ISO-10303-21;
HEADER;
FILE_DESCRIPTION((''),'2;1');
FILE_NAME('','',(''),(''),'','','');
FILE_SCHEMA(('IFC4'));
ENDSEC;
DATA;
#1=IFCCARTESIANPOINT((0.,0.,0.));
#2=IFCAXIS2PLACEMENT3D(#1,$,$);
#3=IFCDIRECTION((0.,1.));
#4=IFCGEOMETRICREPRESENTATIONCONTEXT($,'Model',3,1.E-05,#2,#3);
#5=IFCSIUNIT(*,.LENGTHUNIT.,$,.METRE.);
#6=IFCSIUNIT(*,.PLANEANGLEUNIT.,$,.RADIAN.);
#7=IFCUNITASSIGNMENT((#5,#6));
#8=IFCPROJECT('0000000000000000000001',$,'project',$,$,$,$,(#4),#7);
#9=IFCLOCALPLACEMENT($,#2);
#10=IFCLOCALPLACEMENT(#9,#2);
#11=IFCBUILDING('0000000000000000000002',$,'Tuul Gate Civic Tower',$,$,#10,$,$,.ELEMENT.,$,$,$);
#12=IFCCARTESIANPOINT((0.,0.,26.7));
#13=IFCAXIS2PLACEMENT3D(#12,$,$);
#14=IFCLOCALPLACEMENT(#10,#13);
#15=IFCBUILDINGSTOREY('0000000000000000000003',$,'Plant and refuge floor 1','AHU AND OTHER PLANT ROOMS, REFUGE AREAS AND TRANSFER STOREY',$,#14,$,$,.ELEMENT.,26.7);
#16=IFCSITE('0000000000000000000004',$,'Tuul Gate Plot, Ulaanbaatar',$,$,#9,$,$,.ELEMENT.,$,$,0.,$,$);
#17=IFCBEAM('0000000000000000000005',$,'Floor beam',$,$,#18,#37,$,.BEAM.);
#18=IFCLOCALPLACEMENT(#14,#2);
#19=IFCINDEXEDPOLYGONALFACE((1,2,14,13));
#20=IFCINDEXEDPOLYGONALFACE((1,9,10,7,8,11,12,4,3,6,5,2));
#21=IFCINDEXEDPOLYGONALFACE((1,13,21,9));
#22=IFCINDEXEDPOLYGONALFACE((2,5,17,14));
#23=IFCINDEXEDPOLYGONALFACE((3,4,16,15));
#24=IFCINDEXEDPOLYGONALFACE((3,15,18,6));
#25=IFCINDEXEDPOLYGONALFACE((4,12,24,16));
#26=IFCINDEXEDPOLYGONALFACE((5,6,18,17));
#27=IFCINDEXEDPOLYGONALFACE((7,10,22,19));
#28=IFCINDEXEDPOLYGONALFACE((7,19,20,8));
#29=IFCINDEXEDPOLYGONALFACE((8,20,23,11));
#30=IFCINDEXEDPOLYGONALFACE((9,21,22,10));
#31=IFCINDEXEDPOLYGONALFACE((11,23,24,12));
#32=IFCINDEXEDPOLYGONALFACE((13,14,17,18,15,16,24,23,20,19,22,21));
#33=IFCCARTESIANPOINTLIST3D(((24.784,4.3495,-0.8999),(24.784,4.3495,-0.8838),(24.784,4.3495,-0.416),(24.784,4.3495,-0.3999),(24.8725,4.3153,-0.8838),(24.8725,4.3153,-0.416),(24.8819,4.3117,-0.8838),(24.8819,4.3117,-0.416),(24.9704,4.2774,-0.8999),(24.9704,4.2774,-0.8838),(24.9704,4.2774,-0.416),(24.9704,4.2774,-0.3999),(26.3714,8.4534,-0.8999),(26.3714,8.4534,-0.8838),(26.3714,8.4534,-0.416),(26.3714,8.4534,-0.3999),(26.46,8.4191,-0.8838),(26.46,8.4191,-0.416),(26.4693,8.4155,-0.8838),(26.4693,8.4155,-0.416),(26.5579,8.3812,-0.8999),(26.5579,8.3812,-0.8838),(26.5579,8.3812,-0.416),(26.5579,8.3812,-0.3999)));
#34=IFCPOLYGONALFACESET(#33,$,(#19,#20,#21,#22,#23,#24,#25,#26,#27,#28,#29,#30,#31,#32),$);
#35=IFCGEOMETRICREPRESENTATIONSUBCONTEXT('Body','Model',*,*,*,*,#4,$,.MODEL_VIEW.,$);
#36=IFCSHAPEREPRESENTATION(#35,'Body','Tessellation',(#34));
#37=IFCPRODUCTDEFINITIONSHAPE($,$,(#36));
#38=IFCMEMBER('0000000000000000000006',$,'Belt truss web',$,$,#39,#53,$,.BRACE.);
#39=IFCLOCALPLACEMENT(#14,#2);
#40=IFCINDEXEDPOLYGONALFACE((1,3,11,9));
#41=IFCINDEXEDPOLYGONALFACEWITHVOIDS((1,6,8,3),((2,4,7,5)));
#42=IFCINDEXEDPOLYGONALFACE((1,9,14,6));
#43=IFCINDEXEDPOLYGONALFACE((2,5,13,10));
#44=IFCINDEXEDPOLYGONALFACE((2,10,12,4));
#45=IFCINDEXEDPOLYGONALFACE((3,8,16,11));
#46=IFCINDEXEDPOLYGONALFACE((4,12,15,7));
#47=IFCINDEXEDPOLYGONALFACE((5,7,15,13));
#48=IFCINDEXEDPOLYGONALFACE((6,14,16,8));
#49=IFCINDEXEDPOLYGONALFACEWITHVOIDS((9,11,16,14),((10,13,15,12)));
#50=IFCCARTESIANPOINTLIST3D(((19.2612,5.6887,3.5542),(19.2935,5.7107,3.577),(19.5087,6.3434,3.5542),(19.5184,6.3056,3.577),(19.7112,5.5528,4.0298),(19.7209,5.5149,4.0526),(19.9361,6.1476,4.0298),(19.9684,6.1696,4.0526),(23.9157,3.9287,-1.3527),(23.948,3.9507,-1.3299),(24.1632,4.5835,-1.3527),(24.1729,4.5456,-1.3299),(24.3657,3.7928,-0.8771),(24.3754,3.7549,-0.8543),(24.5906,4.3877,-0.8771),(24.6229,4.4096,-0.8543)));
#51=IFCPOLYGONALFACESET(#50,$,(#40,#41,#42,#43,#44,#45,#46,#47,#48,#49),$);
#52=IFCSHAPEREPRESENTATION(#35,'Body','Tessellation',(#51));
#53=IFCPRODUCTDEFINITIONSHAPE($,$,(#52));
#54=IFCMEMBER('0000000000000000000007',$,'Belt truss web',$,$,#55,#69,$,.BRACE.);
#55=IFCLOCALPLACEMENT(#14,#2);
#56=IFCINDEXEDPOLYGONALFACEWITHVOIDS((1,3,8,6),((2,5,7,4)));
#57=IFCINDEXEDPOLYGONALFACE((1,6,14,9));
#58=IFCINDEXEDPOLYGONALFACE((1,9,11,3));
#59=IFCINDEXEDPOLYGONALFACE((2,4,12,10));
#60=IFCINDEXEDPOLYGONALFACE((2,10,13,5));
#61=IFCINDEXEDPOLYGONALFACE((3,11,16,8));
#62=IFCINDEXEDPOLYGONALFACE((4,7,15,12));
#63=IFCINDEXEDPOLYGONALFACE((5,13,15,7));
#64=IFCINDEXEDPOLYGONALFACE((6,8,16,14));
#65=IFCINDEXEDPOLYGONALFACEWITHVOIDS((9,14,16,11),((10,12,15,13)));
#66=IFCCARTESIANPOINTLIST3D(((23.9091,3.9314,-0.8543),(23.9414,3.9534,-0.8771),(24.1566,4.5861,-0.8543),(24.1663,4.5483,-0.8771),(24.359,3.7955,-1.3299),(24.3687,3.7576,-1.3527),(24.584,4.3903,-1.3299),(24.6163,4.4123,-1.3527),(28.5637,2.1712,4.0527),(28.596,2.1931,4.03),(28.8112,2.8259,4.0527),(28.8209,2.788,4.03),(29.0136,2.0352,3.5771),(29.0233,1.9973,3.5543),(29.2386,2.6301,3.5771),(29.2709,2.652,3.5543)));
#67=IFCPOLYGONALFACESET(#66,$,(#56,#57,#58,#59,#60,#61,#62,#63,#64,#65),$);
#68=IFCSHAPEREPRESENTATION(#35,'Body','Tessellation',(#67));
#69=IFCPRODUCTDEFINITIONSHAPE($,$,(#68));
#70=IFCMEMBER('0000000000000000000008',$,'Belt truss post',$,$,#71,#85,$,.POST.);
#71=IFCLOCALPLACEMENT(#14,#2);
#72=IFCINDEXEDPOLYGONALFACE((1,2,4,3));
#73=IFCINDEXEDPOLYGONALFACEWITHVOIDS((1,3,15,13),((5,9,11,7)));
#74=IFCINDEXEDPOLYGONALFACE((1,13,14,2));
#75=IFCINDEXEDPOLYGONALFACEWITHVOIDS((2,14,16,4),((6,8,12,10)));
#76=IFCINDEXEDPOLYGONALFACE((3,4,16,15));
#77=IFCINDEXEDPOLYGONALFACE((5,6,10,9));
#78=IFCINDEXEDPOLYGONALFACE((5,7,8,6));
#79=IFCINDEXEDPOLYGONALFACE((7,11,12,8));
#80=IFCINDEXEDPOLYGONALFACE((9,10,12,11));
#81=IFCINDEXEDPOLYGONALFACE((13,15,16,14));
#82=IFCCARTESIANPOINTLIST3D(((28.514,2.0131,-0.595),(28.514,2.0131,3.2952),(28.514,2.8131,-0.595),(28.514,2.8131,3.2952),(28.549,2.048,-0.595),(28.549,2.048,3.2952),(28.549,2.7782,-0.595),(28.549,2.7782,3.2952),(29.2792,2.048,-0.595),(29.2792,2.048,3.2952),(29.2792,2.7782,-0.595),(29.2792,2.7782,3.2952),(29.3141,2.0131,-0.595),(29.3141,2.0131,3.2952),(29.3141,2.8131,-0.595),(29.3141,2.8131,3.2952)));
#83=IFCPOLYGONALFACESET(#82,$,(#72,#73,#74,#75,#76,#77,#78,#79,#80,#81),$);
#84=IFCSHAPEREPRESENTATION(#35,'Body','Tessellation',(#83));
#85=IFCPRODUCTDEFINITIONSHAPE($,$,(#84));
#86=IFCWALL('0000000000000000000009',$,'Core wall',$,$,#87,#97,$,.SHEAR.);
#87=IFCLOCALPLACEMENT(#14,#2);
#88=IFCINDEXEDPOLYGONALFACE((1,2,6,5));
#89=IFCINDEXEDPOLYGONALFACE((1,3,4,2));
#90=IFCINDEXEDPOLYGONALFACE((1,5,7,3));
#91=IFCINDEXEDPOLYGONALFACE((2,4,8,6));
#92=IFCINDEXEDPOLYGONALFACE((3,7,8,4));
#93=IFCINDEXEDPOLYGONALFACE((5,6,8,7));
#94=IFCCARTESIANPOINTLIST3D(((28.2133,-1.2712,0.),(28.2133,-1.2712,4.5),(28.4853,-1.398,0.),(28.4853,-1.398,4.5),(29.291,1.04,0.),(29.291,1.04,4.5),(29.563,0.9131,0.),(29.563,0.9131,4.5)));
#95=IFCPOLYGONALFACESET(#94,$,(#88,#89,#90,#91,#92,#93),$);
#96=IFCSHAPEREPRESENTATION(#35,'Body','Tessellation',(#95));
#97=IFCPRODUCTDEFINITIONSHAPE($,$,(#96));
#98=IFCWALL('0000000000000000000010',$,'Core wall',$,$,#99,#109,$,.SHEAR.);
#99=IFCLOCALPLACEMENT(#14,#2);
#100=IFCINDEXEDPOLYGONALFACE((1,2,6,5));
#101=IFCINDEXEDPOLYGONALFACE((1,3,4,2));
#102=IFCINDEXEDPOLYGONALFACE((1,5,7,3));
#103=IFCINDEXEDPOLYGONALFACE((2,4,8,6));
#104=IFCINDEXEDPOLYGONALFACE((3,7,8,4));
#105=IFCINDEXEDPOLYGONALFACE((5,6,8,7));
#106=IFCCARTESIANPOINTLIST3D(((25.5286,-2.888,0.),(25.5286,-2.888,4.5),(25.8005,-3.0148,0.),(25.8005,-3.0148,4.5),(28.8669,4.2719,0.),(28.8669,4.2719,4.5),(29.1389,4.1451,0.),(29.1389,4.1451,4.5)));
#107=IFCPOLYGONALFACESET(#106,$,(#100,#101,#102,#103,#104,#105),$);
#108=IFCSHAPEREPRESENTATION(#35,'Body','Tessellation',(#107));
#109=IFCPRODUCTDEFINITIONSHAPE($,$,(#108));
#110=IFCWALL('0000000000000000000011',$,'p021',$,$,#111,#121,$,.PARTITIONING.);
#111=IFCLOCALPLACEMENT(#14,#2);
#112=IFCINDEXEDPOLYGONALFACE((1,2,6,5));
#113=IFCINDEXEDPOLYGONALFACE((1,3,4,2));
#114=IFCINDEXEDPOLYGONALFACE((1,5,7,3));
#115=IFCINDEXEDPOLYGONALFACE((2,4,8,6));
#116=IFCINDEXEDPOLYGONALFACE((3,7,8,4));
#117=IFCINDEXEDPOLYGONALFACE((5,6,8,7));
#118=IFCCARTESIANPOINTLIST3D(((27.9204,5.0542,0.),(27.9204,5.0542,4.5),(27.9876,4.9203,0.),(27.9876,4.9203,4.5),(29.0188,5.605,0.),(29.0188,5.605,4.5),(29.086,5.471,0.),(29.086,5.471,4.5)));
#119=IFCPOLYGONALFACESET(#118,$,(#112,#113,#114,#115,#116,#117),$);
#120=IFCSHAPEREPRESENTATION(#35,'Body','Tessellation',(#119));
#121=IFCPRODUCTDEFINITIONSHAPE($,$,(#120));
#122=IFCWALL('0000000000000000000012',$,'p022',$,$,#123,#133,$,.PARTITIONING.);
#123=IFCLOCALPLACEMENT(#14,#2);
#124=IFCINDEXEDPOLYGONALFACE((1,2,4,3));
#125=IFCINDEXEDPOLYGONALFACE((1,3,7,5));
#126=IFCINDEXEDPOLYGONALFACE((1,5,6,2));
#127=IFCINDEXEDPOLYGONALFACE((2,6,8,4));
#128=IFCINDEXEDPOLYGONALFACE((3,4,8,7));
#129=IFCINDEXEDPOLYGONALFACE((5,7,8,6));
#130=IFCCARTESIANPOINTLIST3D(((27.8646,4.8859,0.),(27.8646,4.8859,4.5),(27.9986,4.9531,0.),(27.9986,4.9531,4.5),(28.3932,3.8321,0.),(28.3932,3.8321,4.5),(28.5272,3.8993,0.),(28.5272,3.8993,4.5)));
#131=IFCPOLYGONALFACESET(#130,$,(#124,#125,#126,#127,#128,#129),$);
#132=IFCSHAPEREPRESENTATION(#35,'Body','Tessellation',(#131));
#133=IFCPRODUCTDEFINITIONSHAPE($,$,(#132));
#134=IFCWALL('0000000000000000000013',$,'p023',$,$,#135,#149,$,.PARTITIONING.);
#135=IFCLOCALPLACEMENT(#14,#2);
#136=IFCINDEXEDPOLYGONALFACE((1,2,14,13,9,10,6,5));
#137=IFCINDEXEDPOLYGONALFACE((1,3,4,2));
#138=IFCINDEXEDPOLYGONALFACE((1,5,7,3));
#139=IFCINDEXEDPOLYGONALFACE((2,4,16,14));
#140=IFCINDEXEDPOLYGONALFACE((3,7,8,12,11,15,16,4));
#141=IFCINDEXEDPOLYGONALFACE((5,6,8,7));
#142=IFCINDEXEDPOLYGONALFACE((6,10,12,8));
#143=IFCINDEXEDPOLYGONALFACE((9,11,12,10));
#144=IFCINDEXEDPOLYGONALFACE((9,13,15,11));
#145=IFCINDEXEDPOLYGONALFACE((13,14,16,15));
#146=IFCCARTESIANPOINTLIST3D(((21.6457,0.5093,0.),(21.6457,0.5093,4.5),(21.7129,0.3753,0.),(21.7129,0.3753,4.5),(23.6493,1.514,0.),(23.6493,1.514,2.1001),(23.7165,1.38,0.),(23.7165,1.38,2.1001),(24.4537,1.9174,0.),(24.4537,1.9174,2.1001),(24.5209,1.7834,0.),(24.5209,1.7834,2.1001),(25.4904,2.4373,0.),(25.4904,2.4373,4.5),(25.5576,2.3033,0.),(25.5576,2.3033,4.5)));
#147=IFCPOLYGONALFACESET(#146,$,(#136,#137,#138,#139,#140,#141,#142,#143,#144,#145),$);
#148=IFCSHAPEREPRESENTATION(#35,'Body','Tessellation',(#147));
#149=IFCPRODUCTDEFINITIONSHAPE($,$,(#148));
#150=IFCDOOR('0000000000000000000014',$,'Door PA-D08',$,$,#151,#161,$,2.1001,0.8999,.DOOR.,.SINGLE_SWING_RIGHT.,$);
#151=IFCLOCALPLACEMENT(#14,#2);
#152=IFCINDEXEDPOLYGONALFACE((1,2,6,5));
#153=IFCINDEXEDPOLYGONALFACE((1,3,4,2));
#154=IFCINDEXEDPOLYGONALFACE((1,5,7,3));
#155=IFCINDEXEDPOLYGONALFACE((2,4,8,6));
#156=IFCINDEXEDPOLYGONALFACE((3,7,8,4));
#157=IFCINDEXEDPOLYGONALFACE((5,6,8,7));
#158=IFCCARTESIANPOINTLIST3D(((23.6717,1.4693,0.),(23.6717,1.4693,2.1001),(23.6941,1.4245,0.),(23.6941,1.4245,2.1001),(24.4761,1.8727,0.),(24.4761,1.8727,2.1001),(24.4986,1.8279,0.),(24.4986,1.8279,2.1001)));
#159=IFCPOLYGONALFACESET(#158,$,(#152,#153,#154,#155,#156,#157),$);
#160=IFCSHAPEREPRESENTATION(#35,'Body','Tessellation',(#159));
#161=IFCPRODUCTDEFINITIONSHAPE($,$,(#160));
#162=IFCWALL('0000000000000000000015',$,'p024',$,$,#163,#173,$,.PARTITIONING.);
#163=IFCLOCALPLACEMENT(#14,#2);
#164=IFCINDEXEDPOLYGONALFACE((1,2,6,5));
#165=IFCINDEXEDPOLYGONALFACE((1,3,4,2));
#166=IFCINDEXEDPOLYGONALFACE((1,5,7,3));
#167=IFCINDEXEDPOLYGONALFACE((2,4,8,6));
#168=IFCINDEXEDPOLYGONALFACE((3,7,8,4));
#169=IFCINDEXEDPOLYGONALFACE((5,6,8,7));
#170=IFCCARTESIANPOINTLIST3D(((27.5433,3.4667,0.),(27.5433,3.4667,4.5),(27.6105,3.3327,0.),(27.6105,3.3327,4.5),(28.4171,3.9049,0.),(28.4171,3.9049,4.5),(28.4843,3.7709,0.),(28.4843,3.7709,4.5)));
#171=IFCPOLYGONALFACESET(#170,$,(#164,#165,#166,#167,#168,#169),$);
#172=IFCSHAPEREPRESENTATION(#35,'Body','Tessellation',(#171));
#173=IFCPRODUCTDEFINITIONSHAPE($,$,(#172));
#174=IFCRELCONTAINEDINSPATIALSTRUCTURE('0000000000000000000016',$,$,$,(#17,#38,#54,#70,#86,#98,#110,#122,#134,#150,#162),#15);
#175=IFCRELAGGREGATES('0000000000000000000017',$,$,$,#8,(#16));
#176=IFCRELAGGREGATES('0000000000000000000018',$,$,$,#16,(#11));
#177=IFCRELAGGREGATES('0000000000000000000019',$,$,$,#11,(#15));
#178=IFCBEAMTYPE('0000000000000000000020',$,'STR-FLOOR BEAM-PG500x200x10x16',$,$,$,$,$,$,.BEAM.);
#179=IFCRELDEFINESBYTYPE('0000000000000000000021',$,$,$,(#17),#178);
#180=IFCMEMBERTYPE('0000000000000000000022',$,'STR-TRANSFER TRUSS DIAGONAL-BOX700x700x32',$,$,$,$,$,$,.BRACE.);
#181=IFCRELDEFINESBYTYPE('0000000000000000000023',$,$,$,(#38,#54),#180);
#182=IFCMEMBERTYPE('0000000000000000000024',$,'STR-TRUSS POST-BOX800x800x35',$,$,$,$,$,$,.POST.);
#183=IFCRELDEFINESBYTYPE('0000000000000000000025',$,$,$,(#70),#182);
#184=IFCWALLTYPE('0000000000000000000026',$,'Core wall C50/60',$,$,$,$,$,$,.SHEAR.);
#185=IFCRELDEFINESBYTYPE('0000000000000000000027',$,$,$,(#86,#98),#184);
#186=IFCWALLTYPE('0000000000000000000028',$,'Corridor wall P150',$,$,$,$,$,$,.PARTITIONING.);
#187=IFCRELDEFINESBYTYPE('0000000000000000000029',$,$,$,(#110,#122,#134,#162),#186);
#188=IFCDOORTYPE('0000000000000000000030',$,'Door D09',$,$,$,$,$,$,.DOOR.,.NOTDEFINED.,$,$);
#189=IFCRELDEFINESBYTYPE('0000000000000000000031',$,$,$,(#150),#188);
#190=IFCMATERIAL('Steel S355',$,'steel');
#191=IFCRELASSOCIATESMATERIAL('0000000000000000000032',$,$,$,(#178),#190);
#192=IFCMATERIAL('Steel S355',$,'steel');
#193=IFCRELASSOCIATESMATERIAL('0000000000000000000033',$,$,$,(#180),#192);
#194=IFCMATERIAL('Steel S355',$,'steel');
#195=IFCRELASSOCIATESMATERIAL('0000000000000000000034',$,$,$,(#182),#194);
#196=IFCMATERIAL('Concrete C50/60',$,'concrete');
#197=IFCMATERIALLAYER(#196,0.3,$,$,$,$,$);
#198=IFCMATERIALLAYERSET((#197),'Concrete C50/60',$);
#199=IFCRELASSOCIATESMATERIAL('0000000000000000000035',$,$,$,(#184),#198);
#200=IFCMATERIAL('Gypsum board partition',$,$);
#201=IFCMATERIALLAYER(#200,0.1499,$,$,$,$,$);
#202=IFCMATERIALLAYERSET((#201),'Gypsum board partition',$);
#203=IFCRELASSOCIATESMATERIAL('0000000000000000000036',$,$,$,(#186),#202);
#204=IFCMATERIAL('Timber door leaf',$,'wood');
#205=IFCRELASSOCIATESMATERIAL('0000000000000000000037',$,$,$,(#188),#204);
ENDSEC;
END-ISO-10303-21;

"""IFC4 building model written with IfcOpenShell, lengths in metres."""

from ifc_helpers import new_model, si_unit, direction, frame, frame_2d, origin, origin_2d, place, context, subcontext, project, spatial, rectangle, hollow_rectangle, i_section, extrude, material, layer, layer_set, material_profile, profile_set, type_object, element, fill, save


model = new_model("IFC4")

# Units and contexts
model_context = context("Model", 3, precision=1e-05, world=origin(), true_north=direction((0.0, 1.0)))
body_context = subcontext(model_context, "Body", "Model", "MODEL_VIEW")
ifc_project = project(units=[si_unit("LENGTHUNIT", "METRE"), si_unit("PLANEANGLEUNIT", "RADIAN")], contexts=[model_context])

# Site, building, storey
site_placement = place(None, origin())
site = spatial("IfcSite", under=ifc_project, at=site_placement, Name="Tuul Gate Plot, Ulaanbaatar", CompositionType="ELEMENT", RefElevation=0.0)
building_placement = place(site_placement, origin())
building = spatial("IfcBuilding", under=site, at=building_placement, Name="Tuul Gate Civic Tower", CompositionType="ELEMENT")
storey_placement = place(building_placement, frame((0.0, 0.0, 26.7)))
storey = spatial("IfcBuildingStorey", under=building, at=storey_placement, Name="Plant and refuge floor 1", Description="AHU AND OTHER PLANT ROOMS, REFUGE AREAS AND TRANSFER STOREY", CompositionType="ELEMENT", Elevation=26.7)

# Beam
ifc_material_1 = material(Name="Steel S355", Category="steel")
ifc_material_profile_1 = material_profile(ifc_material_1, i_section(OverallWidth=0.2, OverallDepth=0.5, WebThickness=0.01, FlangeThickness=0.0161, at=origin_2d()), Name="PG500x200x10x16")
ifc_profile_set_1 = profile_set([ifc_material_profile_1], Name="Steel S355")
beam_type = type_object("IfcBeamType", Name="STR-FLOOR BEAM-PG500x200x10x16", PredefinedType="BEAM", material=ifc_profile_set_1)
beam_placement = place(storey_placement, frame((24.8772, 4.3135, -0.6499), z_axis=(0.360767, 0.932656, 0.0), x_axis=(-0.932656, 0.360767, 0.0)))
element("IfcBeam", 1, at=beam_placement, inside=storey, type_object=beam_type, Name="Floor beam", PredefinedType="BEAM", context=body_context, shape_type="SweptSolid", body=[
    extrude(i_section(OverallWidth=0.2, OverallDepth=0.5, WebThickness=0.01, FlangeThickness=0.0161, at=origin_2d()), origin(), (0.0, 0.0, 1.0), 4.4001),
])

# Members
ifc_material_2 = material(Name="Steel S355", Category="steel")
ifc_material_profile_2 = material_profile(ifc_material_2, hollow_rectangle(XDim=0.7, YDim=0.7, WallThickness=0.032, at=origin_2d()), Name="BOX700x700x32")
ifc_profile_set_2 = profile_set([ifc_material_profile_2], Name="Steel S355")
member_type_1 = type_object("IfcMemberType", Name="STR-TRANSFER TRUSS DIAGONAL-BOX700x700x32", PredefinedType="BRACE", material=ifc_profile_set_2)
member_1_placement = place(storey_placement, frame((24.2693, 4.1692, -1.1035), z_axis=(-0.666017, 0.251839, 0.702139), x_axis=(-0.353687, -0.935364, 0.0)))
element("IfcMember", 2, at=member_1_placement, inside=storey, type_object=member_type_1, Name="Belt truss web", PredefinedType="BRACE", context=body_context, shape_type="SweptSolid", body=[
    extrude(hollow_rectangle(XDim=0.7, YDim=0.7, WallThickness=0.032, at=origin_2d()), origin(), (0.0, 0.0, 1.0), 6.9885),
])
member_2_placement = place(storey_placement, frame((24.2627, 4.1719, -1.1035), z_axis=(0.666011, -0.251872, 0.702132), x_axis=(0.35373, 0.935348, 0.0)))
element("IfcMember", 3, at=member_2_placement, inside=storey, type_object=member_type_1, Name="Belt truss web", PredefinedType="BRACE", context=body_context, shape_type="SweptSolid", body=[
    extrude(hollow_rectangle(XDim=0.7, YDim=0.7, WallThickness=0.032, at=origin_2d()), origin(), (0.0, 0.0, 1.0), 6.9888),
])
ifc_material_3 = material(Name="Steel S355", Category="steel")
ifc_material_profile_3 = material_profile(ifc_material_3, hollow_rectangle(XDim=0.8, YDim=0.8, WallThickness=0.0349, at=origin_2d()), Name="BOX800x800x35")
ifc_profile_set_3 = profile_set([ifc_material_profile_3], Name="Steel S355")
member_type_2 = type_object("IfcMemberType", Name="STR-TRUSS POST-BOX800x800x35", PredefinedType="POST", material=ifc_profile_set_3)
member_3_placement = place(storey_placement, frame((28.9141, 2.4131, -0.595), z_axis=(0.0, 0.0, 1.0), x_axis=(1.0, 0.0, 0.0)))
element("IfcMember", 4, at=member_3_placement, inside=storey, type_object=member_type_2, Name="Belt truss post", PredefinedType="POST", context=body_context, shape_type="SweptSolid", body=[
    extrude(hollow_rectangle(XDim=0.8, YDim=0.8, WallThickness=0.0349, at=origin_2d()), origin(), (0.0, 0.0, 1.0), 3.8901),
])

# Walls
ifc_material_4 = material(Name="Concrete C50/60", Category="concrete")
ifc_layer_1 = layer(ifc_material_4, 0.3)
ifc_layer_set_1 = layer_set([ifc_layer_1], Name="Concrete C50/60")
wall_type_1 = type_object("IfcWallType", Name="Core wall C50/60", PredefinedType="SHEAR", material=ifc_layer_set_1)
wall_1_placement = place(storey_placement, frame((28.3494, -1.3345, 0.0), z_axis=(0.0, 0.0, 1.0), x_axis=(0.422613, 0.90631, 0.0)))
element("IfcWall", 5, at=wall_1_placement, inside=storey, type_object=wall_type_1, Name="Core wall", PredefinedType="SHEAR", context=body_context, shape_type="SweptSolid", body=[
    extrude(rectangle(XDim=2.55, YDim=0.3, at=frame_2d((1.2749, 0.0))), origin(), (0.0, 0.0, 1.0), 4.5),
])
wall_2_placement = place(storey_placement, frame((25.6646, -2.9514, 0.0), z_axis=(0.0, 0.0, 1.0), x_axis=(0.422583, 0.906324, 0.0)))
element("IfcWall", 6, at=wall_2_placement, inside=storey, type_object=wall_type_1, Name="Core wall", PredefinedType="SHEAR", context=body_context, shape_type="SweptSolid", body=[
    extrude(rectangle(XDim=7.8999, YDim=0.3, at=frame_2d((3.95, 0.0))), origin(), (0.0, 0.0, 1.0), 4.5),
])
ifc_material_5 = material(Name="Gypsum board partition")
ifc_layer_2 = layer(ifc_material_5, 0.1499)
ifc_layer_set_2 = layer_set([ifc_layer_2], Name="Gypsum board partition")
wall_type_2 = type_object("IfcWallType", Name="Corridor wall P150", PredefinedType="PARTITIONING", material=ifc_layer_set_2)
wall_3_placement = place(storey_placement, frame((27.9541, 4.9873, 0.0), z_axis=(0.0, 0.0, 1.0), x_axis=(0.89391, 0.448246, 0.0)))
element("IfcWall", 7, at=wall_3_placement, inside=storey, type_object=wall_type_2, Name="p021", PredefinedType="PARTITIONING", context=body_context, shape_type="SweptSolid", body=[
    extrude(rectangle(XDim=1.2288, YDim=0.1499, at=frame_2d((0.6143, 0.0))), origin(), (0.0, 0.0, 1.0), 4.5),
])
wall_4_placement = place(storey_placement, frame((27.9316, 4.9194, 0.0), z_axis=(0.0, 0.0, 1.0), x_axis=(0.448373, -0.893847, 0.0)))
element("IfcWall", 8, at=wall_4_placement, inside=storey, type_object=wall_type_2, Name="p022", PredefinedType="PARTITIONING", context=body_context, shape_type="SweptSolid", body=[
    extrude(rectangle(XDim=1.179, YDim=0.1499, at=frame_2d((0.5894, 0.0))), origin(), (0.0, 0.0, 1.0), 4.5),
])

# Wall, opening, door
wall_5_placement = place(storey_placement, frame((21.6794, 0.4424, 0.0), z_axis=(0.0, 0.0, 1.0), x_axis=(0.893904, 0.448258, 0.0)))
wall_5 = element("IfcWall", 9, at=wall_5_placement, inside=storey, type_object=wall_type_2, Name="p023", PredefinedType="PARTITIONING", context=body_context, shape_type="SweptSolid", body=[
    extrude(rectangle(XDim=4.301, YDim=0.1499, at=frame_2d((2.1504, 0.0))), origin(), (0.0, 0.0, 1.0), 4.5),
])
opening_placement = place(wall_5_placement, frame((2.2412, 0.0, 0.0)))
opening = element("IfcOpeningElement", 10, at=opening_placement, cuts=wall_5, PredefinedType="OPENING", context=body_context, shape_type="SweptSolid", body=[
    extrude(rectangle(XDim=0.8999, YDim=2.1001, at=frame_2d((0.45, 1.05))), frame((0.0, 0.085, 0.0), z_axis=(0.0, -1.0, 0.0), x_axis=(1.0, 0.0, 0.0)), (0.0, 0.0, 1.0), 0.1699),
])
ifc_material_6 = material(Name="Timber door leaf", Category="wood")
door_type = type_object("IfcDoorType", Name="Door D09", OperationType="NOTDEFINED", PredefinedType="DOOR", material=ifc_material_6)
door_placement = place(opening_placement, origin())
door = element("IfcDoor", 11, at=door_placement, inside=storey, type_object=door_type, Name="Door PA-D08", OperationType="SINGLE_SWING_RIGHT", OverallHeight=2.1001, OverallWidth=0.8999, PredefinedType="DOOR", context=body_context, shape_type="SweptSolid", body=[
    extrude(rectangle(XDim=0.8999, YDim=2.1001, at=frame_2d((0.45, 1.05))), frame((0.0, 0.0249, 0.0), z_axis=(0.0, -1.0, 0.0), x_axis=(1.0, 0.0, 0.0)), (0.0, 0.0, 1.0), 0.05),
])
fill(opening, door)

# Wall
wall_6_placement = place(storey_placement, frame((27.5769, 3.3997, 0.0), z_axis=(0.0, 0.0, 1.0), x_axis=(0.893877, 0.448312, 0.0)))
element("IfcWall", 12, at=wall_6_placement, inside=storey, type_object=wall_type_2, Name="p024", PredefinedType="PARTITIONING", context=body_context, shape_type="SweptSolid", body=[
    extrude(rectangle(XDim=0.9775, YDim=0.1499, at=frame_2d((0.4888, 0.0))), origin(), (0.0, 0.0, 1.0), 4.5),
])

save(model, "model.ifc")
